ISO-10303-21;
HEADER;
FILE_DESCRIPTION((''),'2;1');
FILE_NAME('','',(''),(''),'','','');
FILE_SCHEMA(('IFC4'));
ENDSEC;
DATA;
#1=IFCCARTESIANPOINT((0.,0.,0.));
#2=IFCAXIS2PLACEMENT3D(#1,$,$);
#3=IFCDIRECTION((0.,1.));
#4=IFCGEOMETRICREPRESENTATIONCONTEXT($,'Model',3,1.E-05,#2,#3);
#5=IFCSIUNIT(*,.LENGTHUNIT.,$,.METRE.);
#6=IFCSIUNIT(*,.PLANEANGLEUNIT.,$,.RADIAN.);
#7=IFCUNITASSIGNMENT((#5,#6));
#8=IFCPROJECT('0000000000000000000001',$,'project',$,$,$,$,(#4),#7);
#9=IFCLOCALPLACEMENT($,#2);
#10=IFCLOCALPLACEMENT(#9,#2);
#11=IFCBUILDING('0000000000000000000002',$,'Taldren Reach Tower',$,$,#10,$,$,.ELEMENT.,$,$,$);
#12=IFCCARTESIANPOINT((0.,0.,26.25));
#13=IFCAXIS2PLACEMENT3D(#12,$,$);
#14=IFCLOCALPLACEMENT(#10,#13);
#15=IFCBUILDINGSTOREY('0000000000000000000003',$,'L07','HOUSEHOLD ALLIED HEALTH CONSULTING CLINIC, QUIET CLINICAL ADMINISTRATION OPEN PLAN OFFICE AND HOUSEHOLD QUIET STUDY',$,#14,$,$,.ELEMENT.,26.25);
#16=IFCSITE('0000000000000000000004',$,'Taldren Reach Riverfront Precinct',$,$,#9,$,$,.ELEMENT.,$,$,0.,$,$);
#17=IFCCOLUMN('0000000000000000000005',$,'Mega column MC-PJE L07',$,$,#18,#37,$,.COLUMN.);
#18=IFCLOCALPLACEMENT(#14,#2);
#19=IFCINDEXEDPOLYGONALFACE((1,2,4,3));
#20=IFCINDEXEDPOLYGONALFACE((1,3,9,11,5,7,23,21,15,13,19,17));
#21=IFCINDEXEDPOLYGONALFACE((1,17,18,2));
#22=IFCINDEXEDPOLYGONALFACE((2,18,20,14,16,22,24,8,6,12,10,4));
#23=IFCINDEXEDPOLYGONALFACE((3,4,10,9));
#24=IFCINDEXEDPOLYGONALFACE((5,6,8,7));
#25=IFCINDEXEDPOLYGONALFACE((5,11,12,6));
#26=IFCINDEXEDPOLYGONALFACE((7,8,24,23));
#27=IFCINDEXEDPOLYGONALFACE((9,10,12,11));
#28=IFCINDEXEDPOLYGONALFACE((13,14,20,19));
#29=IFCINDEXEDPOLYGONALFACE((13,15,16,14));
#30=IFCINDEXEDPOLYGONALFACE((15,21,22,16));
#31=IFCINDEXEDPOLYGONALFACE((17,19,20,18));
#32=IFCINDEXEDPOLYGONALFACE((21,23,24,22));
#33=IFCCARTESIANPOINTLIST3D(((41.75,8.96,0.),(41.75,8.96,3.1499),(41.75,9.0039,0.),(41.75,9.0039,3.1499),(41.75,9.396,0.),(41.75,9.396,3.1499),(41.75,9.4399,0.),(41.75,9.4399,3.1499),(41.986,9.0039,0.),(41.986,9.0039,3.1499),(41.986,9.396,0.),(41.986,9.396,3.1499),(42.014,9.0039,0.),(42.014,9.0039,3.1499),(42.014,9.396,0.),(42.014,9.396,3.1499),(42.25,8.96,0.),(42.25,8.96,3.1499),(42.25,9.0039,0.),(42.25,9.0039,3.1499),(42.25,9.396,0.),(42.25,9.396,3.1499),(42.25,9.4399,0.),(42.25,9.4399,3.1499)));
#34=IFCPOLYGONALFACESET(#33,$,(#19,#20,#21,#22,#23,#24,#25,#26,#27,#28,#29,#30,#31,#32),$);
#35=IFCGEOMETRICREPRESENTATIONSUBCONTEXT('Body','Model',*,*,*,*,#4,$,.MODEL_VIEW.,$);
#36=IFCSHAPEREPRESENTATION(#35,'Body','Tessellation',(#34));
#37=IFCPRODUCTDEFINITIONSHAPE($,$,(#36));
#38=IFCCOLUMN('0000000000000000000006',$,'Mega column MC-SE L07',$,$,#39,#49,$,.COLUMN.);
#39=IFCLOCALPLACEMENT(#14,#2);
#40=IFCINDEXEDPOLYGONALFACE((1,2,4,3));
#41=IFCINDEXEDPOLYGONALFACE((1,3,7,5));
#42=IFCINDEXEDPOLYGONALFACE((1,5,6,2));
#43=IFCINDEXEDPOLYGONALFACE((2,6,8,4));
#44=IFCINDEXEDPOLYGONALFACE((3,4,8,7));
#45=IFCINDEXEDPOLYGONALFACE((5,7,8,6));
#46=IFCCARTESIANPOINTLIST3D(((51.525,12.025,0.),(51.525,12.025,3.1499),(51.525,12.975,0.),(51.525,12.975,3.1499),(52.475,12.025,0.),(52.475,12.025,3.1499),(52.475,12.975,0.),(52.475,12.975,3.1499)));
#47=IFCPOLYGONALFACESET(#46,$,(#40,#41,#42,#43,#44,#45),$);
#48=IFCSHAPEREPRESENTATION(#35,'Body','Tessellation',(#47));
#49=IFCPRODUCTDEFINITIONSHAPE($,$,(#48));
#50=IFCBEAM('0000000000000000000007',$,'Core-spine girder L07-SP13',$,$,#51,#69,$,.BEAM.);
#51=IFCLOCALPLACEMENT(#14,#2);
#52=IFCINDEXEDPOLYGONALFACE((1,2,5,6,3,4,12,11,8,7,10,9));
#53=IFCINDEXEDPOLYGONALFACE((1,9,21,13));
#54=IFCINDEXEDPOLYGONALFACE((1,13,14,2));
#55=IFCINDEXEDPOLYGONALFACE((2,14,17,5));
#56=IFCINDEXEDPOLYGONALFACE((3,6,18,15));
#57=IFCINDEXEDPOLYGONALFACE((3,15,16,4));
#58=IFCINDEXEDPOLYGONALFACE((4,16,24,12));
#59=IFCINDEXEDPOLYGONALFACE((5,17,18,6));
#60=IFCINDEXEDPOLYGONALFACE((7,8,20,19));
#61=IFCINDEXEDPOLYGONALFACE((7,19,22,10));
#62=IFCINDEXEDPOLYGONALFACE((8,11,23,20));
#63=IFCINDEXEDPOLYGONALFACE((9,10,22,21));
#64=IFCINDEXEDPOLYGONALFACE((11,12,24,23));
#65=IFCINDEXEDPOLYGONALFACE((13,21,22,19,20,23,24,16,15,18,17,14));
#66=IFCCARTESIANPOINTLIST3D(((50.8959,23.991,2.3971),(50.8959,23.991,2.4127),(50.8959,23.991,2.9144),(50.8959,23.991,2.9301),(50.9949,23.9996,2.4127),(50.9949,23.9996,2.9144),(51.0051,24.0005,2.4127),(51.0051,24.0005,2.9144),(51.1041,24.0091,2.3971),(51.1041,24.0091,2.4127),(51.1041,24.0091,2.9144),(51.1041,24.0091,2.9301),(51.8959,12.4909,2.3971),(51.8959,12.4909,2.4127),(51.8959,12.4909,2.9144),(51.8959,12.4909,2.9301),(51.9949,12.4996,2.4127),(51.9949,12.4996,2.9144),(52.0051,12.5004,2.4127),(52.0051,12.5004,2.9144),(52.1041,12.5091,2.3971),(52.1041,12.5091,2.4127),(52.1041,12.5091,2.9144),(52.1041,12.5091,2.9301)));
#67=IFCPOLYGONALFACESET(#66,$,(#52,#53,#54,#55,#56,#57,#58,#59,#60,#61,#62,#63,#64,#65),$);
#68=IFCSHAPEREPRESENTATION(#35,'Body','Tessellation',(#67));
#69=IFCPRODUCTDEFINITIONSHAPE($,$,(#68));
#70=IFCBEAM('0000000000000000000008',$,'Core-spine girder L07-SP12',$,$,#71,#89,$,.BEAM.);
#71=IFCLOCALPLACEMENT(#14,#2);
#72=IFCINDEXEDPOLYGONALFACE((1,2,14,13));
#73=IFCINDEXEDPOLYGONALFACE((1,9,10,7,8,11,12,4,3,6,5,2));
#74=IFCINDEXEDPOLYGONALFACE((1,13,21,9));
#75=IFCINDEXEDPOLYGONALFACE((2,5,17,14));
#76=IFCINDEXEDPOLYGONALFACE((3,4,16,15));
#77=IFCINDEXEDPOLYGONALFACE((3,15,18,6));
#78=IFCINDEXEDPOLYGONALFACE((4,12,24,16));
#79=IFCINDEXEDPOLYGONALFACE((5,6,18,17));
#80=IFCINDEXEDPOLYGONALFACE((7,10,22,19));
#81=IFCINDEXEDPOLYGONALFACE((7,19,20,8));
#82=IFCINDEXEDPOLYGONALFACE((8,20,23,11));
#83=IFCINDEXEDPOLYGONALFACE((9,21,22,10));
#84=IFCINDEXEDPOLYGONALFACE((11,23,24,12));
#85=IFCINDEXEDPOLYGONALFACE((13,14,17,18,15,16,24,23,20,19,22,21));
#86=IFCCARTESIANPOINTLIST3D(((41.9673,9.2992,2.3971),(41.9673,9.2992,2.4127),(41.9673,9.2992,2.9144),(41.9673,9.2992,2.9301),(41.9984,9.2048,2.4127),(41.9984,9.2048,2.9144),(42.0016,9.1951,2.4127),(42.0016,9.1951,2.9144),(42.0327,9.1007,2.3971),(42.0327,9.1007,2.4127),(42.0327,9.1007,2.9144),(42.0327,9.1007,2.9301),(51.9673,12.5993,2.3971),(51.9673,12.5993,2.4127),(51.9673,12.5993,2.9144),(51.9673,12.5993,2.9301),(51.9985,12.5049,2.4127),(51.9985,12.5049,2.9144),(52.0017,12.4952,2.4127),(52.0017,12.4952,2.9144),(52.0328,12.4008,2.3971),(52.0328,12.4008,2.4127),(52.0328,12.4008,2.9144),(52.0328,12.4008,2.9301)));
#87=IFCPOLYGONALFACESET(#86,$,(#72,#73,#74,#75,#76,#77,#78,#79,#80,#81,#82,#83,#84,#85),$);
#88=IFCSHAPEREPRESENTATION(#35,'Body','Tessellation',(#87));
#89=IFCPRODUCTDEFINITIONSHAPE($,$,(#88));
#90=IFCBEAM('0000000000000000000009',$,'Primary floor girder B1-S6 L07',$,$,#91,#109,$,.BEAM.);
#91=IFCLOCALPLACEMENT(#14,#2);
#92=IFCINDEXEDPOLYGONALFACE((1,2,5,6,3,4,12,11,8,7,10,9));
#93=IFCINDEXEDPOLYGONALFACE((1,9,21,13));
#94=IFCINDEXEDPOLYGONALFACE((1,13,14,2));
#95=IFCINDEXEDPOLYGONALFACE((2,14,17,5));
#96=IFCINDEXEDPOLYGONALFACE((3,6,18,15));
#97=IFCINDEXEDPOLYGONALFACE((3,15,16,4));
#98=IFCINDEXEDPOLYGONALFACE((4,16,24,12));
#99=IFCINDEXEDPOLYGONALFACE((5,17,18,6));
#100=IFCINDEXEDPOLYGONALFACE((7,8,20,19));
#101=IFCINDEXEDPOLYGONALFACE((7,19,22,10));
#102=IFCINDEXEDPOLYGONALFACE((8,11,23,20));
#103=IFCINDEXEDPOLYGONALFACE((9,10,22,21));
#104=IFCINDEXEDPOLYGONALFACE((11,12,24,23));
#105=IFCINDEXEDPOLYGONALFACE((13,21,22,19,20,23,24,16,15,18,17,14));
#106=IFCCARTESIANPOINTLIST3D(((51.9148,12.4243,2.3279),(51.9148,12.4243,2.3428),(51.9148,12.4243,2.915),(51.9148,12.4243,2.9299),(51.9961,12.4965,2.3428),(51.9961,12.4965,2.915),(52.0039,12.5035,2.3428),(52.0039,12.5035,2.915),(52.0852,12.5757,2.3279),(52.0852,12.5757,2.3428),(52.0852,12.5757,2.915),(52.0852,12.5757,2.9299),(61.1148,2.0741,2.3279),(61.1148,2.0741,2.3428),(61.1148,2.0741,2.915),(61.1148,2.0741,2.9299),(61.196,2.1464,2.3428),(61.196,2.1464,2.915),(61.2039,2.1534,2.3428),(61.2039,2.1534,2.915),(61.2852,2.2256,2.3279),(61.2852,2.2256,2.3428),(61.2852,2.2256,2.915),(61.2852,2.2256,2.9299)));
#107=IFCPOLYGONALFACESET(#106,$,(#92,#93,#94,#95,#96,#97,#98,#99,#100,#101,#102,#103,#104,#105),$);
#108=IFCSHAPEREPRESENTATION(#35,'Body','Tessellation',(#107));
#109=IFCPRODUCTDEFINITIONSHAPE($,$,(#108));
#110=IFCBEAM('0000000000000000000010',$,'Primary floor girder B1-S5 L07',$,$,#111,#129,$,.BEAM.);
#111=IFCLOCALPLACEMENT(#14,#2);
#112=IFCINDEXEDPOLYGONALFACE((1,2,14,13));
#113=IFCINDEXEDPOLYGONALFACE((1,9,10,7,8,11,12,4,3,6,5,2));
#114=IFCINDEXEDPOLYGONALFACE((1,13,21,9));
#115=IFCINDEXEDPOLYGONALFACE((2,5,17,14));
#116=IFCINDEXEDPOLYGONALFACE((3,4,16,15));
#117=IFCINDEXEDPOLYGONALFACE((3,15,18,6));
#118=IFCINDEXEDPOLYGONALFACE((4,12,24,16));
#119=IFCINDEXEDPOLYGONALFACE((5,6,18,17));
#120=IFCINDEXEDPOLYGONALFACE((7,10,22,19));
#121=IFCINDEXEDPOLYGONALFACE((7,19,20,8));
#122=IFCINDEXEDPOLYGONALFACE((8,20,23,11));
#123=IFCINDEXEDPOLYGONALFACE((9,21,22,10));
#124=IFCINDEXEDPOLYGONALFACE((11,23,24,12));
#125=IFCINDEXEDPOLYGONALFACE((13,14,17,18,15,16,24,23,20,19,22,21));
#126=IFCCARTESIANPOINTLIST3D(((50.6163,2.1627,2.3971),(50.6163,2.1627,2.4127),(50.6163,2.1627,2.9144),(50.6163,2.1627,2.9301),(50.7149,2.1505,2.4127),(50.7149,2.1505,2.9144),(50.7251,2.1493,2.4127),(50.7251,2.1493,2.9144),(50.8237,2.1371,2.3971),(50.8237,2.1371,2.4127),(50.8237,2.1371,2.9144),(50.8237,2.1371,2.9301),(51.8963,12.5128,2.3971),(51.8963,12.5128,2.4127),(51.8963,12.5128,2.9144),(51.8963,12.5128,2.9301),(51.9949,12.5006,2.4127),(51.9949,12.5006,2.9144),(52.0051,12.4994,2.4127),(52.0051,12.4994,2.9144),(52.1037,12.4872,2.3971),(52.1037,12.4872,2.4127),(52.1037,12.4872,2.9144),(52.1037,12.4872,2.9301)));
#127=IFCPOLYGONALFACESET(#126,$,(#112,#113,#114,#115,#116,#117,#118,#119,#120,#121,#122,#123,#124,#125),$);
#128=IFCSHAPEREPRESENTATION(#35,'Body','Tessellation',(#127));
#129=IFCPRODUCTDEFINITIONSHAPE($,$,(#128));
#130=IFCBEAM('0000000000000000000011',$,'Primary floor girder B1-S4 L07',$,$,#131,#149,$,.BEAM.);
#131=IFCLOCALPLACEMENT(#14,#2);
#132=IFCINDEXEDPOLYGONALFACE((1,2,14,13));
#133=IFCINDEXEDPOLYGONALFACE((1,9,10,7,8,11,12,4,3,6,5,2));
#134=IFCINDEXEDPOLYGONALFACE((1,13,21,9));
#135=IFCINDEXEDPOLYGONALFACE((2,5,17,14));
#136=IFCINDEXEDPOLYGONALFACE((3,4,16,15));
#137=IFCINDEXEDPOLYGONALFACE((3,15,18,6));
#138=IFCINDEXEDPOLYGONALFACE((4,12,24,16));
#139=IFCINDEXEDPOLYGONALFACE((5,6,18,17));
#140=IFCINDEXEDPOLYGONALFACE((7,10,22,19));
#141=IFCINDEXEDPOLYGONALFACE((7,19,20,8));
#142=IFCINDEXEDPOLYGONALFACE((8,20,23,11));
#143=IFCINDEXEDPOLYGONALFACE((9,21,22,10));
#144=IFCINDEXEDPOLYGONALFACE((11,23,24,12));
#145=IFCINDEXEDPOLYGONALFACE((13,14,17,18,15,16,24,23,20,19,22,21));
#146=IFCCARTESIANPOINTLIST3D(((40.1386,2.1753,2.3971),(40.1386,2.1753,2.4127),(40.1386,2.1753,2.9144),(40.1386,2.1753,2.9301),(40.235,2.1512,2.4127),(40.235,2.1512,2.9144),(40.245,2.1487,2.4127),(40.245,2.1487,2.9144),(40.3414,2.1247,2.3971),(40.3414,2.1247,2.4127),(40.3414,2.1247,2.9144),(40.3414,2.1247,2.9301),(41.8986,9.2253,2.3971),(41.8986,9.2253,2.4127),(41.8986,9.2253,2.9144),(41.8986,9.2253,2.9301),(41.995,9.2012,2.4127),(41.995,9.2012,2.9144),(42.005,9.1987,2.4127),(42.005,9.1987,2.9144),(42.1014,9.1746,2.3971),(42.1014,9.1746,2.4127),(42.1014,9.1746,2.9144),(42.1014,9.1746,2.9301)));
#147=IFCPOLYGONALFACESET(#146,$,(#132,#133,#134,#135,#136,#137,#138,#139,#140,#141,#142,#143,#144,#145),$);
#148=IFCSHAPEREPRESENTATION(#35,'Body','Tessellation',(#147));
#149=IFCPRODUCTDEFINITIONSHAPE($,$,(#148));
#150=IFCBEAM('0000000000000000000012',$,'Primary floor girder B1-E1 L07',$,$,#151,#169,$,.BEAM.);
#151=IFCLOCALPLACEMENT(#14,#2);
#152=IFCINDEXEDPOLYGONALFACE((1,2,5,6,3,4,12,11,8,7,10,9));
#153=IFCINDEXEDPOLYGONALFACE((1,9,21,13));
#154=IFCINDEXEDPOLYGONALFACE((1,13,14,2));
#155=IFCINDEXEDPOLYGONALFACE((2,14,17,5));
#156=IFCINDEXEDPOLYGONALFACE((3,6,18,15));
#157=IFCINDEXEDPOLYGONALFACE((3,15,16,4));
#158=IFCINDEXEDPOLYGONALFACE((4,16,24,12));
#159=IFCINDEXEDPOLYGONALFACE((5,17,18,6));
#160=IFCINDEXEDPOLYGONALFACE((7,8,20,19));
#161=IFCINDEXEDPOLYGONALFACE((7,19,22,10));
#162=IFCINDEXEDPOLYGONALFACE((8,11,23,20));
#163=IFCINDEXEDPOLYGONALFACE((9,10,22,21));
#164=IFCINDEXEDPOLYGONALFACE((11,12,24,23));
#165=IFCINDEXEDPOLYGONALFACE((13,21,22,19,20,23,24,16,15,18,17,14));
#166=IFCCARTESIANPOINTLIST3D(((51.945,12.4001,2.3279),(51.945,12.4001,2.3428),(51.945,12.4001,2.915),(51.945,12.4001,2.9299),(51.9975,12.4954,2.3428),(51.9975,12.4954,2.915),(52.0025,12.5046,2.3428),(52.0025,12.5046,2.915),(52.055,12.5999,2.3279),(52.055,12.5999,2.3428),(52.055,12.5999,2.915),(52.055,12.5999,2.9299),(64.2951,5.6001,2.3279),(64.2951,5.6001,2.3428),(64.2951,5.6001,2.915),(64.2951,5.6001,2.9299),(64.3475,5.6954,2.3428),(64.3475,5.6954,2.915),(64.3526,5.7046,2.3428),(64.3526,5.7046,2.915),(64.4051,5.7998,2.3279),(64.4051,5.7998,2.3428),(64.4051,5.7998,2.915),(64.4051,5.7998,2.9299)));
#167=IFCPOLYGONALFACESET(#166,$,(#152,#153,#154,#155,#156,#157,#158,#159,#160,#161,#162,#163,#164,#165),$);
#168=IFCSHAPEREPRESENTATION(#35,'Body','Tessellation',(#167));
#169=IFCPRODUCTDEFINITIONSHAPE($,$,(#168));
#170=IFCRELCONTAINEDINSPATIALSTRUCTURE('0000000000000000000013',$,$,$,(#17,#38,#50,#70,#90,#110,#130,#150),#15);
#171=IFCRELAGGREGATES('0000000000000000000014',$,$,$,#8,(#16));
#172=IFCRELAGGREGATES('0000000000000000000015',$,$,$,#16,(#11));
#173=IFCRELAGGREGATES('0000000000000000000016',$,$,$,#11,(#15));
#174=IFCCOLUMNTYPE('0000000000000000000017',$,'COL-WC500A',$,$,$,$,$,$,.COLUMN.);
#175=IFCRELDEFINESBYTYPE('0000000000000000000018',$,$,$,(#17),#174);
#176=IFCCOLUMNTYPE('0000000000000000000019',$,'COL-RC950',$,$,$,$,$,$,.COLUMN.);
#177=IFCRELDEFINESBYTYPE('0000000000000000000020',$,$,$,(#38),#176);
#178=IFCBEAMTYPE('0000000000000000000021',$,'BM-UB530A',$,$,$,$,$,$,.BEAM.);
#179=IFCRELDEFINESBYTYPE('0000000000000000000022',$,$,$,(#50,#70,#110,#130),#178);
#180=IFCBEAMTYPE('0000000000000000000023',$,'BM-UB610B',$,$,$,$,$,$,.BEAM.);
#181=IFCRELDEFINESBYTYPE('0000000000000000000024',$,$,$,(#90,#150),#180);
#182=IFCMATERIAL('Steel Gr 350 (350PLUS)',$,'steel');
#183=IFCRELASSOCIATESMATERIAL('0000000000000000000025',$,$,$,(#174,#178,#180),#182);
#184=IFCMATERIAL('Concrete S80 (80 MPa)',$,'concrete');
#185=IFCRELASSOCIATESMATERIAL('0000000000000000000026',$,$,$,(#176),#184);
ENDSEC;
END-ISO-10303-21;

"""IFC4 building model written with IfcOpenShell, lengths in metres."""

from ifc_helpers import new_model, si_unit, direction, frame, origin, origin_2d, place, context, subcontext, project, spatial, rectangle, i_section, extrude, source, transform, mapped, material, material_profile, profile_set, type_object, element, save


model = new_model("IFC4")

# Units and contexts
model_context = context("Model", 3, precision=1e-05, world=origin(), true_north=direction((0.0, 1.0)))
body_context = subcontext(model_context, "Body", "Model", "MODEL_VIEW")
ifc_project = project(units=[si_unit("LENGTHUNIT", "METRE"), si_unit("PLANEANGLEUNIT", "RADIAN")], contexts=[model_context])

# Site, building, storey
site_placement = place(None, origin())
site = spatial("IfcSite", under=ifc_project, at=site_placement, Name="Taldren Reach Riverfront Precinct", CompositionType="ELEMENT", RefElevation=0.0)
building_placement = place(site_placement, origin())
building = spatial("IfcBuilding", under=site, at=building_placement, Name="Taldren Reach Tower", CompositionType="ELEMENT")
storey_placement = place(building_placement, frame((0.0, 0.0, 26.25)))
storey = spatial("IfcBuildingStorey", under=building, at=storey_placement, Name="L07", Description="HOUSEHOLD ALLIED HEALTH CONSULTING CLINIC, QUIET CLINICAL ADMINISTRATION OPEN PLAN OFFICE AND HOUSEHOLD QUIET STUDY", CompositionType="ELEMENT", Elevation=26.25)

# Columns
ifc_material_1 = material(Name="Steel Gr 350 (350PLUS)", Category="steel")
ifc_material_profile_1 = material_profile(ifc_material_1, i_section(OverallWidth=0.5, OverallDepth=0.48, WebThickness=0.0281, FlangeThickness=0.0439, at=origin_2d()), Name="500WC440")
ifc_profile_set_1 = profile_set([ifc_material_profile_1], Name="Steel Gr 350 (350PLUS)")
column_type_1 = type_object("IfcColumnType", Name="COL-WC500A", PredefinedType="COLUMN", material=ifc_profile_set_1)
shared_shape_1 = source(origin(), body_context, "Body", "SweptSolid", [
    extrude(i_section(OverallWidth=0.5, OverallDepth=0.48, WebThickness=0.0281, FlangeThickness=0.0439, at=origin_2d()), origin(), (0.0, 0.0, 1.0), 3.1499),
])
column_1_placement = place(storey_placement, frame((42.0, 9.2, 0.0), z_axis=(0.0, 0.0, 1.0), x_axis=(1.0, 0.0, 0.0)))
element("IfcColumn", 1, at=column_1_placement, inside=storey, type_object=column_type_1, Name="Mega column MC-PJE L07", PredefinedType="COLUMN", context=body_context, shape_type="MappedRepresentation", body=[
    mapped(shared_shape_1, transform((0.0, 0.0, 0.0), scale=1.0)),
])
ifc_material_2 = material(Name="Concrete S80 (80 MPa)", Category="concrete")
ifc_material_profile_2 = material_profile(ifc_material_2, rectangle(XDim=0.95, YDim=0.95, at=origin_2d()), Name="RC-950x950")
ifc_profile_set_2 = profile_set([ifc_material_profile_2], Name="Concrete S80 (80 MPa)")
column_type_2 = type_object("IfcColumnType", Name="COL-RC950", PredefinedType="COLUMN", material=ifc_profile_set_2)
shared_shape_2 = source(origin(), body_context, "Body", "SweptSolid", [
    extrude(rectangle(XDim=0.95, YDim=0.95, at=origin_2d()), origin(), (0.0, 0.0, 1.0), 3.1499),
])
column_2_placement = place(storey_placement, frame((52.0, 12.5, 0.0), z_axis=(0.0, 0.0, 1.0), x_axis=(1.0, 0.0, 0.0)))
element("IfcColumn", 2, at=column_2_placement, inside=storey, type_object=column_type_2, Name="Mega column MC-SE L07", PredefinedType="COLUMN", context=body_context, shape_type="MappedRepresentation", body=[
    mapped(shared_shape_2, transform((0.0, 0.0, 0.0), scale=1.0)),
])

# Beams
ifc_material_profile_3 = material_profile(ifc_material_1, i_section(OverallWidth=0.209, OverallDepth=0.533, WebThickness=0.0103, FlangeThickness=0.0156, at=origin_2d()), Name="530UB92.4")
ifc_profile_set_3 = profile_set([ifc_material_profile_3], Name="Steel Gr 350 (350PLUS)")
beam_type_1 = type_object("IfcBeamType", Name="BM-UB530A", PredefinedType="BEAM", material=ifc_profile_set_3)
shared_shape_3 = source(origin(), body_context, "Body", "SweptSolid", [
    extrude(i_section(OverallWidth=0.209, OverallDepth=0.533, WebThickness=0.0103, FlangeThickness=0.0156, at=origin_2d()), origin(), (0.0, 0.0, 1.0), 11.5435),
])
beam_1_placement = place(storey_placement, frame((52.0, 12.5, 2.6636), z_axis=(-0.08663, 0.996241, 0.0), x_axis=(-0.996241, -0.08663, 0.0)))
element("IfcBeam", 3, at=beam_1_placement, inside=storey, type_object=beam_type_1, Name="Core-spine girder L07-SP13", PredefinedType="BEAM", context=body_context, shape_type="MappedRepresentation", body=[
    mapped(shared_shape_3, transform((0.0, 0.0, 0.0), scale=1.0)),
])
shared_shape_4 = source(origin(), body_context, "Body", "SweptSolid", [
    extrude(i_section(OverallWidth=0.209, OverallDepth=0.533, WebThickness=0.0103, FlangeThickness=0.0156, at=origin_2d()), origin(), (0.0, 0.0, 1.0), 10.5305),
])
beam_2_placement = place(storey_placement, frame((42.0, 9.2, 2.6636), z_axis=(0.949627, 0.313382, 0.0), x_axis=(-0.313382, 0.949627, 0.0)))
element("IfcBeam", 4, at=beam_2_placement, inside=storey, type_object=beam_type_1, Name="Core-spine girder L07-SP12", PredefinedType="BEAM", context=body_context, shape_type="MappedRepresentation", body=[
    mapped(shared_shape_4, transform((0.0, 0.0, 0.0), scale=1.0)),
])
ifc_material_profile_4 = material_profile(ifc_material_1, i_section(OverallWidth=0.228, OverallDepth=0.6021, WebThickness=0.0105, FlangeThickness=0.0149, at=origin_2d()), Name="610UB101")
ifc_profile_set_4 = profile_set([ifc_material_profile_4], Name="Steel Gr 350 (350PLUS)")
beam_type_2 = type_object("IfcBeamType", Name="BM-UB610B", PredefinedType="BEAM", material=ifc_profile_set_4)
shared_shape_5 = source(origin(), body_context, "Body", "SweptSolid", [
    extrude(i_section(OverallWidth=0.228, OverallDepth=0.6021, WebThickness=0.0105, FlangeThickness=0.0149, at=origin_2d()), origin(), (0.0, 0.0, 1.0), 13.8479),
])
beam_3_placement = place(storey_placement, frame((52.0, 12.5, 2.6289), z_axis=(0.664358, -0.747414, 0.0), x_axis=(0.747414, 0.664358, 0.0)))
element("IfcBeam", 5, at=beam_3_placement, inside=storey, type_object=beam_type_2, Name="Primary floor girder B1-S6 L07", PredefinedType="BEAM", context=body_context, shape_type="MappedRepresentation", body=[
    mapped(shared_shape_5, transform((0.0, 0.0, 0.0), scale=1.0)),
])
shared_shape_6 = source(origin(), body_context, "Body", "SweptSolid", [
    extrude(i_section(OverallWidth=0.209, OverallDepth=0.533, WebThickness=0.0103, FlangeThickness=0.0156, at=origin_2d()), origin(), (0.0, 0.0, 1.0), 10.429),
])
beam_4_placement = place(storey_placement, frame((52.0, 12.5, 2.6636), z_axis=(-0.122738, -0.992439, 0.0), x_axis=(0.992439, -0.122738, 0.0)))
element("IfcBeam", 6, at=beam_4_placement, inside=storey, type_object=beam_type_1, Name="Primary floor girder B1-S5 L07", PredefinedType="BEAM", context=body_context, shape_type="MappedRepresentation", body=[
    mapped(shared_shape_6, transform((0.0, 0.0, 0.0), scale=1.0)),
])
shared_shape_7 = source(origin(), body_context, "Body", "SweptSolid", [
    extrude(i_section(OverallWidth=0.209, OverallDepth=0.533, WebThickness=0.0103, FlangeThickness=0.0156, at=origin_2d()), origin(), (0.0, 0.0, 1.0), 7.2664),
])
beam_5_placement = place(storey_placement, frame((42.0, 9.2, 2.6636), z_axis=(-0.242211, -0.970223, 0.0), x_axis=(0.970223, -0.242211, 0.0)))
element("IfcBeam", 7, at=beam_5_placement, inside=storey, type_object=beam_type_1, Name="Primary floor girder B1-S4 L07", PredefinedType="BEAM", context=body_context, shape_type="MappedRepresentation", body=[
    mapped(shared_shape_7, transform((0.0, 0.0, 0.0), scale=1.0)),
])
shared_shape_8 = source(origin(), body_context, "Body", "SweptSolid", [
    extrude(i_section(OverallWidth=0.228, OverallDepth=0.6021, WebThickness=0.0105, FlangeThickness=0.0149, at=origin_2d()), origin(), (0.0, 0.0, 1.0), 14.0984),
])
beam_6_placement = place(storey_placement, frame((52.0, 12.5, 2.6289), z_axis=(0.875991, -0.482327, 0.0), x_axis=(0.482327, 0.875991, 0.0)))
element("IfcBeam", 8, at=beam_6_placement, inside=storey, type_object=beam_type_2, Name="Primary floor girder B1-E1 L07", PredefinedType="BEAM", context=body_context, shape_type="MappedRepresentation", body=[
    mapped(shared_shape_8, transform((0.0, 0.0, 0.0), scale=1.0)),
])

save(model, "model.ifc")
